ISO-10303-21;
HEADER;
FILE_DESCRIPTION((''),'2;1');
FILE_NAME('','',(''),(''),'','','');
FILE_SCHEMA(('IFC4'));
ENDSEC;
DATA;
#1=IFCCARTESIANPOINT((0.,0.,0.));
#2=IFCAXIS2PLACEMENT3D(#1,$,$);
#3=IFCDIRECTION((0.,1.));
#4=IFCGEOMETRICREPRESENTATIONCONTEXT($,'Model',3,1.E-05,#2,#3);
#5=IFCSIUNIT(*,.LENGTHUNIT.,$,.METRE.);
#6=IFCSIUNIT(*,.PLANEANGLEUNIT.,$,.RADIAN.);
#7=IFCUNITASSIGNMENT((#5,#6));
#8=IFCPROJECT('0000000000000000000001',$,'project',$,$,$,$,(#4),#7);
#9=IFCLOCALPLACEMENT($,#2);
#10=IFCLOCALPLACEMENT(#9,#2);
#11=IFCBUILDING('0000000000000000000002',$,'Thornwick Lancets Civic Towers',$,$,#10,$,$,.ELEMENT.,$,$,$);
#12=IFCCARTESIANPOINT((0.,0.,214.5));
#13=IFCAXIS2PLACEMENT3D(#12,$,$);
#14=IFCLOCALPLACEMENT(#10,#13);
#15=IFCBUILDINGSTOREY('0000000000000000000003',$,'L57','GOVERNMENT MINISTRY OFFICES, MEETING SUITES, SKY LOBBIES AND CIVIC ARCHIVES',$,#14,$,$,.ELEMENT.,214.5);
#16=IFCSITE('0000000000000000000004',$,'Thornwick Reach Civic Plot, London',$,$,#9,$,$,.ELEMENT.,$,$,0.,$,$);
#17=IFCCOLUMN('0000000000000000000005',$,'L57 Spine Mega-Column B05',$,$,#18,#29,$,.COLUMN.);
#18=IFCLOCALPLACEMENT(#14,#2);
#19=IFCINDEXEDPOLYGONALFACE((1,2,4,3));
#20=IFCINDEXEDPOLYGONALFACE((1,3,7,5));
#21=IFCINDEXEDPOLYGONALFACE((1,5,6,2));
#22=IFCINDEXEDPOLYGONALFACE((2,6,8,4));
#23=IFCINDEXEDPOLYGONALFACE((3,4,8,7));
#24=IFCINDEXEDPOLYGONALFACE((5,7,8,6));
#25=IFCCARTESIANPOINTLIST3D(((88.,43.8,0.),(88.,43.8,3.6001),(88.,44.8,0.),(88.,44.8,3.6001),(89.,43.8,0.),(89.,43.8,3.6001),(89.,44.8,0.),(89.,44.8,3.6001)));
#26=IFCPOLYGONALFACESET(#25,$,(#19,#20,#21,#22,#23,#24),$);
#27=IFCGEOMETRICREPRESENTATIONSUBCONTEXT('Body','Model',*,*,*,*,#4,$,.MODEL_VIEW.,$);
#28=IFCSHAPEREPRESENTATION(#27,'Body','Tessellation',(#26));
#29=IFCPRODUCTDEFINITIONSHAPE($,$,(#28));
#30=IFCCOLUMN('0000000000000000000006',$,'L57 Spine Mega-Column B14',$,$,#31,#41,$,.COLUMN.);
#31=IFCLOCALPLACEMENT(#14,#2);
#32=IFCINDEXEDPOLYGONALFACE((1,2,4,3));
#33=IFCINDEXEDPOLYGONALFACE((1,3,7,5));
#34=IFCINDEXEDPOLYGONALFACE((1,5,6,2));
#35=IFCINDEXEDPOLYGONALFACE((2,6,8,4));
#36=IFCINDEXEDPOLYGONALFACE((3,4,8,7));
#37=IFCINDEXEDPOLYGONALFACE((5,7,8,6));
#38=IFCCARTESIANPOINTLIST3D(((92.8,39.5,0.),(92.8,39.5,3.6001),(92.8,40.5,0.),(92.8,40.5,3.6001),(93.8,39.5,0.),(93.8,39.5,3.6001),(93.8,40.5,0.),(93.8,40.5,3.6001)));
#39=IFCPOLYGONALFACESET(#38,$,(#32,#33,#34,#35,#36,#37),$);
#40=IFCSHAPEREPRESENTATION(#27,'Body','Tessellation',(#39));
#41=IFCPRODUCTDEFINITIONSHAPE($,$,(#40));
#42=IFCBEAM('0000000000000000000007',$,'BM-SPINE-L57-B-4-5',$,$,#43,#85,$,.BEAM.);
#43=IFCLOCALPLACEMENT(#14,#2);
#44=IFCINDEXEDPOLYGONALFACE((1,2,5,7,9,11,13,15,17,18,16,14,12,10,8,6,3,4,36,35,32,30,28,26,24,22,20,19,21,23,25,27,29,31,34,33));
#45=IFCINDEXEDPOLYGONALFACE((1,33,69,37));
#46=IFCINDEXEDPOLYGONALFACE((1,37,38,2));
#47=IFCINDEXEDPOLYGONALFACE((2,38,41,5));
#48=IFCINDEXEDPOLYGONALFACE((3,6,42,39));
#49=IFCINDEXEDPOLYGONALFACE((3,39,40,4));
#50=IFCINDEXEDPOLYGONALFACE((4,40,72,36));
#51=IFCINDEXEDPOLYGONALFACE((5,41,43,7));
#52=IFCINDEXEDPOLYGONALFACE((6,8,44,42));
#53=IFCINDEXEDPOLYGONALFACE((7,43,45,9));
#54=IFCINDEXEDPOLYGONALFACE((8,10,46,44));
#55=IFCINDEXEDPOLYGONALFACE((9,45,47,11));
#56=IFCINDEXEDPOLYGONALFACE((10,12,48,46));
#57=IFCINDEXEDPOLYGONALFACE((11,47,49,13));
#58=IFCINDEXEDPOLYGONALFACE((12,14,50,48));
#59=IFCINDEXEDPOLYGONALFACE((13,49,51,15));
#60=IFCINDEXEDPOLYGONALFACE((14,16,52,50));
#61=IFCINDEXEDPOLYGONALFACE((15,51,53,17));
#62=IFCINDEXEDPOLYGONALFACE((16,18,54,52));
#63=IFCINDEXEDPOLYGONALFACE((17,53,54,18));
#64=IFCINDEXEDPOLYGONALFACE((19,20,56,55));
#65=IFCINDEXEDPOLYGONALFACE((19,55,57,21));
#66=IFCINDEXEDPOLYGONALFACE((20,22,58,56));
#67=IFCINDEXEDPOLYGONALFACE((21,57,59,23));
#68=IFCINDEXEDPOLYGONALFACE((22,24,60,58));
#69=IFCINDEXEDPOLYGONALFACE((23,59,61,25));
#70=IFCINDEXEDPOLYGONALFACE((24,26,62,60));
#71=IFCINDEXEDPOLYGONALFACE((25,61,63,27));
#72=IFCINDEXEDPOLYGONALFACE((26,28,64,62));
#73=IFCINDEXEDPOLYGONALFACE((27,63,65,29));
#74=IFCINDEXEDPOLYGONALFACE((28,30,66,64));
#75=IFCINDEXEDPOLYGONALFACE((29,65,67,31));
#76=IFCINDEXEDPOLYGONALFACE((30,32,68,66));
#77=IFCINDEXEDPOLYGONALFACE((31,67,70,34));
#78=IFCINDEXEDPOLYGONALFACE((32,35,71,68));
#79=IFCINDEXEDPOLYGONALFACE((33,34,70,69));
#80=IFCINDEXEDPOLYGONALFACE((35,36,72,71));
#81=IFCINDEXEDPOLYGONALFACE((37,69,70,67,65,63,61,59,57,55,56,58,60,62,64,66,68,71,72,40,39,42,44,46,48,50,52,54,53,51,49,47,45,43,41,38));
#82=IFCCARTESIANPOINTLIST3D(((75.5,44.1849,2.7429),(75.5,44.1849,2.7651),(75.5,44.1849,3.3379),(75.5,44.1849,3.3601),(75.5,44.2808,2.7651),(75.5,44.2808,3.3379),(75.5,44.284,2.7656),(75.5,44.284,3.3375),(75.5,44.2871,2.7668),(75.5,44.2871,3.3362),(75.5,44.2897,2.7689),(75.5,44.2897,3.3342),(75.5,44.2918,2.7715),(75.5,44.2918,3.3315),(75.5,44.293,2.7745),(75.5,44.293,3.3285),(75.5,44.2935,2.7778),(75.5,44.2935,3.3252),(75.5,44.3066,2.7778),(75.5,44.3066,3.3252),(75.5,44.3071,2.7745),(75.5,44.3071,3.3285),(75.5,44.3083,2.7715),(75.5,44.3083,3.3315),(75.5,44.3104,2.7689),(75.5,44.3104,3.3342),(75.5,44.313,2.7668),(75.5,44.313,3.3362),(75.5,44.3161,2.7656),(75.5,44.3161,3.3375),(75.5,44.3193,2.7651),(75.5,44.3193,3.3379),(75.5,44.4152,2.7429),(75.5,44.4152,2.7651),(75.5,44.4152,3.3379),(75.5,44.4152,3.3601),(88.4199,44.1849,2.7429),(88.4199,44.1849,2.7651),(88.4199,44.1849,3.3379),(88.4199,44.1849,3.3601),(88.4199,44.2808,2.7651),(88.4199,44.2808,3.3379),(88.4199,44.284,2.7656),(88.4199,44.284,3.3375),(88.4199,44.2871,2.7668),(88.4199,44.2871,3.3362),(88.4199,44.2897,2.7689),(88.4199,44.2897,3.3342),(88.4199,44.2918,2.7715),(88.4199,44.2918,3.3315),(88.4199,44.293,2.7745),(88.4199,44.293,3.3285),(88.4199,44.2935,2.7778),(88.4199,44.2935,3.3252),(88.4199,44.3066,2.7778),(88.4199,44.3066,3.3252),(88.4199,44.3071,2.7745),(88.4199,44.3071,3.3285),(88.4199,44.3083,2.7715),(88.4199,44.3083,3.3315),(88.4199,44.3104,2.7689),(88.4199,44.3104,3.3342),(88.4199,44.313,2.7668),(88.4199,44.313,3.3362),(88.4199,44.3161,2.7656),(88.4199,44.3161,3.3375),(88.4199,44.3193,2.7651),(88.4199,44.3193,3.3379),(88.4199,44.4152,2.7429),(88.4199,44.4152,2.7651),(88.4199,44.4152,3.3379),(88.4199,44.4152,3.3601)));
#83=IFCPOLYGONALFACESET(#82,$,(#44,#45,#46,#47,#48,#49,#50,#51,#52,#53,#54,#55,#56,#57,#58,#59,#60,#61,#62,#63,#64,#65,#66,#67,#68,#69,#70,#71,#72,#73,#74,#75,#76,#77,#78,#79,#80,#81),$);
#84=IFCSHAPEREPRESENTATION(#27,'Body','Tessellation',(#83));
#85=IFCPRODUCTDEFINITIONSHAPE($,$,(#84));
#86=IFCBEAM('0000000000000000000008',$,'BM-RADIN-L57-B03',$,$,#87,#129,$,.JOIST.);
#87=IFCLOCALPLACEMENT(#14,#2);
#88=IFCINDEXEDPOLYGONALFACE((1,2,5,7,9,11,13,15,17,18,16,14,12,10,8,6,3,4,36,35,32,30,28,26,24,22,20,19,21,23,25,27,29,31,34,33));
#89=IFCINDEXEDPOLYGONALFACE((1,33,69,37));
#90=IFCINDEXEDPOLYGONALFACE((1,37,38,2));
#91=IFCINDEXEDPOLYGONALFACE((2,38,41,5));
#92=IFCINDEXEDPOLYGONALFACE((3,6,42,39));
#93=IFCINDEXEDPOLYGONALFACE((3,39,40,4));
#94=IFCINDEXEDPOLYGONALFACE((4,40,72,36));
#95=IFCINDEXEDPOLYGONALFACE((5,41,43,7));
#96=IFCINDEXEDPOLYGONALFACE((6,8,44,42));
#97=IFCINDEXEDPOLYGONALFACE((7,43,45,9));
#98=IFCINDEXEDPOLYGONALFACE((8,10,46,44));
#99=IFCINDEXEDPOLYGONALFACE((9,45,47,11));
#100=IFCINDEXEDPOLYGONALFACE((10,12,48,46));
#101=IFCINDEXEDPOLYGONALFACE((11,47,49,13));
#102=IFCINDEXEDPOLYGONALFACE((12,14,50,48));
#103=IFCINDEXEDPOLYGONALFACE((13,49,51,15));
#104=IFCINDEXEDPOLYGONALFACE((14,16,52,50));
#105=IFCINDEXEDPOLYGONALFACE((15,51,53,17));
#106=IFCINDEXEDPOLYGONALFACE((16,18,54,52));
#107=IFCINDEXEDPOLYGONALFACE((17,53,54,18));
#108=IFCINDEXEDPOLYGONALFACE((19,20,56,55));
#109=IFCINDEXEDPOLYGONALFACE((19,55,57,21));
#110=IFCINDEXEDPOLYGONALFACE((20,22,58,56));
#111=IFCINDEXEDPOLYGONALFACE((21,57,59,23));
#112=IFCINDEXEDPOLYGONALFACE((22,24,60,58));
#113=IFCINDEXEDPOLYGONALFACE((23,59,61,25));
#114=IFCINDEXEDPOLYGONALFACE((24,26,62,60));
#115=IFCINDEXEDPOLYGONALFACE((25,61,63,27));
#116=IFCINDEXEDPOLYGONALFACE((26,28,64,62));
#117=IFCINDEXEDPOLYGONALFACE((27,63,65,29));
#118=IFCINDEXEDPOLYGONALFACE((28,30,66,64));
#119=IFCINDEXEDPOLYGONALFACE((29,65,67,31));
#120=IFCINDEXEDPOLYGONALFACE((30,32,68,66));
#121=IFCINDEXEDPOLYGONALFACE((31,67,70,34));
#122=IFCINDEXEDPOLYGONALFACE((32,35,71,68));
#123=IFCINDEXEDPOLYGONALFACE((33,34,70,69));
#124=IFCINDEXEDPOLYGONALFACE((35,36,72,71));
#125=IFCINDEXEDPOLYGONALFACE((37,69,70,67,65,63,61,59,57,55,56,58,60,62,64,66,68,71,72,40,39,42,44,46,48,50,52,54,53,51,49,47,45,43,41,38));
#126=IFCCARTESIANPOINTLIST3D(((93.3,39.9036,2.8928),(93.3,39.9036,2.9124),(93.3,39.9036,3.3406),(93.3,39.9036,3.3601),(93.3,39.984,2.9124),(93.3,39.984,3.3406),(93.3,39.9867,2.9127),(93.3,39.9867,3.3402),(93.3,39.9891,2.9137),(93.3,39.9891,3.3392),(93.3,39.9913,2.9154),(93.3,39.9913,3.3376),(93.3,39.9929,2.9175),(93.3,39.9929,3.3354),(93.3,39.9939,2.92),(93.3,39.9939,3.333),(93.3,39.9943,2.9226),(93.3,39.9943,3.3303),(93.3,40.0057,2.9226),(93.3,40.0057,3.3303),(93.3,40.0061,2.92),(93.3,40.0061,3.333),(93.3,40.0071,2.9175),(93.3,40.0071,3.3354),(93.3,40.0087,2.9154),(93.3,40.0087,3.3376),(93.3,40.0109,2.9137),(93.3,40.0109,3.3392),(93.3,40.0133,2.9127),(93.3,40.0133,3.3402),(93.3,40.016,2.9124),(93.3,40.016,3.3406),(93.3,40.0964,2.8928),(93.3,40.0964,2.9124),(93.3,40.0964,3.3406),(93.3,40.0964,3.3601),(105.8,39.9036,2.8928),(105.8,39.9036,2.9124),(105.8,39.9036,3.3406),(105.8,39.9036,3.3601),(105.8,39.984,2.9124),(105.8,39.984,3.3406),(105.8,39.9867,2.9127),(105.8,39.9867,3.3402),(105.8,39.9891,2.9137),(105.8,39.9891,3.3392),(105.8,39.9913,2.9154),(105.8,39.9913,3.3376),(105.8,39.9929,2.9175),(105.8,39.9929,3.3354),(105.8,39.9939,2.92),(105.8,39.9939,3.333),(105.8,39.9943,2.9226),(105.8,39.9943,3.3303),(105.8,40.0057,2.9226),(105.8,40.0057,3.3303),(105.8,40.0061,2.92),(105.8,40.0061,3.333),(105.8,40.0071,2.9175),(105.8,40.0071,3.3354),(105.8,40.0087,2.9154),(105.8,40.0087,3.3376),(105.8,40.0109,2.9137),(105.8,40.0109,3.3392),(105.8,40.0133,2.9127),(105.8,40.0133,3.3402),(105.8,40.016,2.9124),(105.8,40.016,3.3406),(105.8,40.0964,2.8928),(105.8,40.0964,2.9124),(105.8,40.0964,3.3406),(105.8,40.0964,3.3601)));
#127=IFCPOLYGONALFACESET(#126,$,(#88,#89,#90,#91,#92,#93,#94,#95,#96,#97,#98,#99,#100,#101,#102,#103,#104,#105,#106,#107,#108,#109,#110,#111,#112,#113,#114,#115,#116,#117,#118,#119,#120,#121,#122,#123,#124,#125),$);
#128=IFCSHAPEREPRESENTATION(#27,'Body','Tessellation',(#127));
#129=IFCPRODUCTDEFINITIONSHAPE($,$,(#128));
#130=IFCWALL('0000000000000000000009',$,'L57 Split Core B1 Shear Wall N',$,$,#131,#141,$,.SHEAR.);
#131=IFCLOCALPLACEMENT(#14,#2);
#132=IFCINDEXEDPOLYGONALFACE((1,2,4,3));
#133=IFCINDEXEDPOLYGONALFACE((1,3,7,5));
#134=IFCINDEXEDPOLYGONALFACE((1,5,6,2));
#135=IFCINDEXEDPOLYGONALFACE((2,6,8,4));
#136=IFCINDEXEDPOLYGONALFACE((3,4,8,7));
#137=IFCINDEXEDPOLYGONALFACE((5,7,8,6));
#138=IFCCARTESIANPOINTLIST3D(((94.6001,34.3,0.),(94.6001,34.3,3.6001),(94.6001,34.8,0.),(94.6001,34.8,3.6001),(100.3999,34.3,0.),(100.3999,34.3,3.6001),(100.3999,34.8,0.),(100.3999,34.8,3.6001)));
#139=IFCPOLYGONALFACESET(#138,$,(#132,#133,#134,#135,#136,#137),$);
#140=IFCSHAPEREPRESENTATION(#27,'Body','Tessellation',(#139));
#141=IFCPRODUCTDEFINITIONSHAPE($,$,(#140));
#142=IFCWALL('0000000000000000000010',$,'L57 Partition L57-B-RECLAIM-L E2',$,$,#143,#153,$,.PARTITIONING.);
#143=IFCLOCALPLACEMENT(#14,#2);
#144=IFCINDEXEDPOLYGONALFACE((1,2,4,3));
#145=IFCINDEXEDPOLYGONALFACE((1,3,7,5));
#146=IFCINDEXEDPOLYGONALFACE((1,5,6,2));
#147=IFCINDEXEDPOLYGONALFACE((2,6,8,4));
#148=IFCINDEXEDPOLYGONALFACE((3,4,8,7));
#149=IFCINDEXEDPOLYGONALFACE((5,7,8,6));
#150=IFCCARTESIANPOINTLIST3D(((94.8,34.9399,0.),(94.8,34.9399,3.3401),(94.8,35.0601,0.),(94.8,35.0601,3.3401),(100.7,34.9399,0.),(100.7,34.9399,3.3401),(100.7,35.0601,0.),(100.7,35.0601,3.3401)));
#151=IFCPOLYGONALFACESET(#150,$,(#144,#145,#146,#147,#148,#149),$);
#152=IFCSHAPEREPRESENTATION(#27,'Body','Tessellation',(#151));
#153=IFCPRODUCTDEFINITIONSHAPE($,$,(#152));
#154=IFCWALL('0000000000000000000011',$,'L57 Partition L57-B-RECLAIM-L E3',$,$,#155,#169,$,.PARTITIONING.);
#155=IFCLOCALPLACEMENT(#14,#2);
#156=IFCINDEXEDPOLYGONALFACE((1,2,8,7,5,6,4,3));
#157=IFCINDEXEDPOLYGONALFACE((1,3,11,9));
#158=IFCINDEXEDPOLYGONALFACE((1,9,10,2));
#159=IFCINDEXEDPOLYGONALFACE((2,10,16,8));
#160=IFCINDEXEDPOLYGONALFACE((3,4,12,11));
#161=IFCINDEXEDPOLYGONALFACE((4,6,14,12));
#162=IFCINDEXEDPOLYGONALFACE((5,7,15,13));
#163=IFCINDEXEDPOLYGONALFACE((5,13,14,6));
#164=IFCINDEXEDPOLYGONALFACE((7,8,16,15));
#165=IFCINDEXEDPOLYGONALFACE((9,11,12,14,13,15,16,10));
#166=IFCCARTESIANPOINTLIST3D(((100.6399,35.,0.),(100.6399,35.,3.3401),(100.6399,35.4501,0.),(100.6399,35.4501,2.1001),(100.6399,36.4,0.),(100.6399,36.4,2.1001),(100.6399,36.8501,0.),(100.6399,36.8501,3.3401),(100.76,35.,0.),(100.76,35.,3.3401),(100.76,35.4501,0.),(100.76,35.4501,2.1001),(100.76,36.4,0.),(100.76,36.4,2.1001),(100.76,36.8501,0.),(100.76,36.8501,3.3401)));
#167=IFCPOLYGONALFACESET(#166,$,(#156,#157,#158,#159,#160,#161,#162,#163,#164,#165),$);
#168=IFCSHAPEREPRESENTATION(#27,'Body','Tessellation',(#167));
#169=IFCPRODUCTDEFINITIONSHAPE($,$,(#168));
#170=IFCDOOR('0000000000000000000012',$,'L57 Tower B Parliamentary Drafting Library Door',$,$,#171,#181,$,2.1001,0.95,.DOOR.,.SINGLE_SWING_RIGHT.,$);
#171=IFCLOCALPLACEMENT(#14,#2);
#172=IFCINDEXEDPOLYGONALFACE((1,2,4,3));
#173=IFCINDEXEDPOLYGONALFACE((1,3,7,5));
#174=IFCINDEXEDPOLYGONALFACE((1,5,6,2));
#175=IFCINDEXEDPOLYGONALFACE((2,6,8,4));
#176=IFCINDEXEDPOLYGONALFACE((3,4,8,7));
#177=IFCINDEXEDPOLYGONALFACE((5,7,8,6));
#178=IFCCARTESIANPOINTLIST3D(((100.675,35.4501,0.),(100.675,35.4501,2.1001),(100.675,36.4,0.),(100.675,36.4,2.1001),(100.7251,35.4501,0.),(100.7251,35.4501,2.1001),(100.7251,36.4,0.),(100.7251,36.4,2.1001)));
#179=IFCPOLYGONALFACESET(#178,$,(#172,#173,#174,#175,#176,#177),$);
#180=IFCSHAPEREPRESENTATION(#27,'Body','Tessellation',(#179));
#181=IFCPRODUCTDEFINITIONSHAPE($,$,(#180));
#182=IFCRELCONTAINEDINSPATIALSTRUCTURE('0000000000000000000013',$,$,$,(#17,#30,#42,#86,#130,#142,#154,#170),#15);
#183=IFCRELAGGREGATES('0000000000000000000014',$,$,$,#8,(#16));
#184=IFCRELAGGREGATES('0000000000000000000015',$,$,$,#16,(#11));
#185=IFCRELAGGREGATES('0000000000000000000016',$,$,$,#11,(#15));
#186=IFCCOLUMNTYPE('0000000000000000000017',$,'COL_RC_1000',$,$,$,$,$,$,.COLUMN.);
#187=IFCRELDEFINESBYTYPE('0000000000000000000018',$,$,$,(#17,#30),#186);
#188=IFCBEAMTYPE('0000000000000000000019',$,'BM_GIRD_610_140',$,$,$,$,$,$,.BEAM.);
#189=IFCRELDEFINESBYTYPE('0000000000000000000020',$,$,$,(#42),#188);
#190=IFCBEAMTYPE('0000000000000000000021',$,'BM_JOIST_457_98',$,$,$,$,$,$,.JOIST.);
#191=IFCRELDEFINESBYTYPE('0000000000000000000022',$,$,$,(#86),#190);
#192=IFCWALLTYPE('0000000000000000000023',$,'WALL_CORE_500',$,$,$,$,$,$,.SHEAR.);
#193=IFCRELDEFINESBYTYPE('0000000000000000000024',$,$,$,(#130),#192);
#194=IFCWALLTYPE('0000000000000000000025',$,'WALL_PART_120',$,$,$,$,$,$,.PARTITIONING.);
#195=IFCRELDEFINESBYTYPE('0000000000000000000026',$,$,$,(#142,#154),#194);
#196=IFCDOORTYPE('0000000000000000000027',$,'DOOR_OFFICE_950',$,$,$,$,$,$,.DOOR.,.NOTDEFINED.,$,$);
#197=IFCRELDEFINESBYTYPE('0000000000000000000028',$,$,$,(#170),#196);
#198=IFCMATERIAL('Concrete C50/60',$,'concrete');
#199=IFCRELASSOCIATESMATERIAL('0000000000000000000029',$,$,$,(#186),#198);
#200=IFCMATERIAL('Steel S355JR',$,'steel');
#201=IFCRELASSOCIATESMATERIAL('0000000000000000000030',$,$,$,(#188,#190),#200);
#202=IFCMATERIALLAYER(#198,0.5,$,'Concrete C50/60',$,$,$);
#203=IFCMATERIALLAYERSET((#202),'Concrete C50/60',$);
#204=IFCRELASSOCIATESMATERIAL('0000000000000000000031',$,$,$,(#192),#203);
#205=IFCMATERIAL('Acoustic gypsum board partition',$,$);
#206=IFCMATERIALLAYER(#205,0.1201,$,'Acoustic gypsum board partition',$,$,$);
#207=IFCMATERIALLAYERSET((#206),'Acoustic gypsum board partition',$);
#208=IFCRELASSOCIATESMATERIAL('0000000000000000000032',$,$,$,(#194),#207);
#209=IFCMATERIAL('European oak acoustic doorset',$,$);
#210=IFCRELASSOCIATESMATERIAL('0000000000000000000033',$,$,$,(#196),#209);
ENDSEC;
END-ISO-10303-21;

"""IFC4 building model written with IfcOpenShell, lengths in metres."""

from ifc_helpers import new_model, si_unit, direction, frame, frame_2d, origin, origin_2d, place, context, subcontext, project, spatial, rectangle, i_section, extrude, material, layer, layer_set, material_profile, profile_set, type_object, element, fill, save


model = new_model("IFC4")

# Units and contexts
model_context = context("Model", 3, precision=1e-05, world=origin(), true_north=direction((0.0, 1.0)))
body_context = subcontext(model_context, "Body", "Model", "MODEL_VIEW")
ifc_project = project(units=[si_unit("LENGTHUNIT", "METRE"), si_unit("PLANEANGLEUNIT", "RADIAN")], contexts=[model_context])

# Site, building, storey
site_placement = place(None, origin())
site = spatial("IfcSite", under=ifc_project, at=site_placement, Name="Thornwick Reach Civic Plot, London", CompositionType="ELEMENT", RefElevation=0.0)
building_placement = place(site_placement, origin())
building = spatial("IfcBuilding", under=site, at=building_placement, Name="Thornwick Lancets Civic Towers", CompositionType="ELEMENT")
storey_placement = place(building_placement, frame((0.0, 0.0, 214.5)))
storey = spatial("IfcBuildingStorey", under=building, at=storey_placement, Name="L57", Description="GOVERNMENT MINISTRY OFFICES, MEETING SUITES, SKY LOBBIES AND CIVIC ARCHIVES", CompositionType="ELEMENT", Elevation=214.5)

# Columns
ifc_material_1 = material(Name="Concrete C50/60", Category="concrete")
ifc_material_profile_1 = material_profile(ifc_material_1, rectangle(XDim=1.0, YDim=1.0, at=origin_2d()), Name="RC 1000x1000")
ifc_profile_set_1 = profile_set([ifc_material_profile_1], Name="Concrete C50/60")
column_type = type_object("IfcColumnType", Name="COL_RC_1000", PredefinedType="COLUMN", material=ifc_profile_set_1)
for number, where, z_axis, x_axis, name in (
    (1, (88.5, 44.3, 0.0), (0.0, 0.0, 1.0), (1.0, 0.0, 0.0), "L57 Spine Mega-Column B05"),
    (2, (93.3, 40.0, 0.0), (0.0, 0.0, 1.0), (1.0, 0.0, 0.0), "L57 Spine Mega-Column B14"),
):
    element("IfcColumn", number, at=place(storey_placement, frame(where, z_axis=z_axis, x_axis=x_axis)), inside=storey, type_object=column_type, Name=name, PredefinedType="COLUMN", context=body_context, shape_type="SweptSolid", body=[
        extrude(rectangle(XDim=1.0, YDim=1.0, at=origin_2d()), origin(), (0.0, 0.0, 1.0), 3.6001),
    ])

# Beams
ifc_material_2 = material(Name="Steel S355JR", Category="steel")
ifc_material_profile_2 = material_profile(ifc_material_2, i_section(OverallWidth=0.2302, OverallDepth=0.6172, WebThickness=0.0132, FlangeThickness=0.0222, FilletRadius=0.0127, at=origin_2d()), Name="UKB 610x229x140")
ifc_profile_set_2 = profile_set([ifc_material_profile_2], Name="Steel S355JR")
beam_type_1 = type_object("IfcBeamType", Name="BM_GIRD_610_140", PredefinedType="BEAM", material=ifc_profile_set_2)
beam_1_placement = place(storey_placement, frame((88.4199, 44.3, 3.0515), z_axis=(-1.0, 0.0, 0.0), x_axis=(0.0, -1.0, 0.0)))
element("IfcBeam", 3, at=beam_1_placement, inside=storey, type_object=beam_type_1, Name="BM-SPINE-L57-B-4-5", PredefinedType="BEAM", context=body_context, shape_type="SweptSolid", body=[
    extrude(i_section(OverallWidth=0.2302, OverallDepth=0.6172, WebThickness=0.0132, FlangeThickness=0.0222, FilletRadius=0.0127, at=origin_2d()), origin(), (0.0, 0.0, 1.0), 12.9199),
])
ifc_material_profile_3 = material_profile(ifc_material_2, i_section(OverallWidth=0.1929, OverallDepth=0.4673, WebThickness=0.0115, FlangeThickness=0.0195, FilletRadius=0.0103, at=origin_2d()), Name="UKB 457x191x98")
ifc_profile_set_3 = profile_set([ifc_material_profile_3], Name="Steel S355JR")
beam_type_2 = type_object("IfcBeamType", Name="BM_JOIST_457_98", PredefinedType="JOIST", material=ifc_profile_set_3)
beam_2_placement = place(storey_placement, frame((93.3, 40.0, 3.1265), z_axis=(1.0, 0.0, 0.0), x_axis=(0.0, 1.0, 0.0)))
element("IfcBeam", 4, at=beam_2_placement, inside=storey, type_object=beam_type_2, Name="BM-RADIN-L57-B03", PredefinedType="JOIST", context=body_context, shape_type="SweptSolid", body=[
    extrude(i_section(OverallWidth=0.1929, OverallDepth=0.4673, WebThickness=0.0115, FlangeThickness=0.0195, FilletRadius=0.0103, at=origin_2d()), origin(), (0.0, 0.0, 1.0), 12.5),
])

# Walls
ifc_layer_1 = layer(ifc_material_1, 0.5, Name="Concrete C50/60")
ifc_layer_set_1 = layer_set([ifc_layer_1], Name="Concrete C50/60")
wall_type_1 = type_object("IfcWallType", Name="WALL_CORE_500", PredefinedType="SHEAR", material=ifc_layer_set_1)
wall_1_placement = place(storey_placement, frame((94.6001, 34.55, 0.0), z_axis=(0.0, 0.0, 1.0), x_axis=(1.0, 0.0, 0.0)))
element("IfcWall", 5, at=wall_1_placement, inside=storey, type_object=wall_type_1, Name="L57 Split Core B1 Shear Wall N", PredefinedType="SHEAR", context=body_context, shape_type="SweptSolid", body=[
    extrude(rectangle(XDim=5.7998, YDim=0.5, at=frame_2d((2.8999, 0.0))), origin(), (0.0, 0.0, 1.0), 3.6001),
])
ifc_material_3 = material(Name="Acoustic gypsum board partition")
ifc_layer_2 = layer(ifc_material_3, 0.1201, Name="Acoustic gypsum board partition")
ifc_layer_set_2 = layer_set([ifc_layer_2], Name="Acoustic gypsum board partition")
wall_type_2 = type_object("IfcWallType", Name="WALL_PART_120", PredefinedType="PARTITIONING", material=ifc_layer_set_2)
wall_2_placement = place(storey_placement, frame((94.8, 35.0, 0.0), z_axis=(0.0, 0.0, 1.0), x_axis=(1.0, 0.0, 0.0)))
element("IfcWall", 6, at=wall_2_placement, inside=storey, type_object=wall_type_2, Name="L57 Partition L57-B-RECLAIM-L E2", PredefinedType="PARTITIONING", context=body_context, shape_type="SweptSolid", body=[
    extrude(rectangle(XDim=5.8999, YDim=0.1201, at=frame_2d((2.95, 0.0))), origin(), (0.0, 0.0, 1.0), 3.3401),
])

# Wall, opening, door
wall_3_placement = place(storey_placement, frame((100.7, 35.0, 0.0), z_axis=(0.0, 0.0, 1.0), x_axis=(0.0, 1.0, 0.0)))
wall_3 = element("IfcWall", 7, at=wall_3_placement, inside=storey, type_object=wall_type_2, Name="L57 Partition L57-B-RECLAIM-L E3", PredefinedType="PARTITIONING", context=body_context, shape_type="SweptSolid", body=[
    extrude(rectangle(XDim=1.8501, YDim=0.1201, at=frame_2d((0.925, 0.0))), origin(), (0.0, 0.0, 1.0), 3.3401),
])
opening_1_placement = place(wall_3_placement, frame((0.45, 0.0, 0.0)))
opening_1 = element("IfcOpeningElement", 8, at=opening_1_placement, cuts=wall_3, PredefinedType="OPENING", context=body_context, shape_type="SweptSolid", body=[
    extrude(rectangle(XDim=0.95, YDim=2.1001, at=frame_2d((0.4751, 1.05))), frame((0.0, 0.0701, 0.0), z_axis=(0.0, -1.0, 0.0), x_axis=(1.0, 0.0, 0.0)), (0.0, 0.0, 1.0), 0.1401),
])
ifc_material_4 = material(Name="European oak acoustic doorset")
door_type_1 = type_object("IfcDoorType", Name="DOOR_OFFICE_950", OperationType="NOTDEFINED", PredefinedType="DOOR", material=ifc_material_4)
door_1_placement = place(opening_1_placement, origin())
door_1 = element("IfcDoor", 9, at=door_1_placement, inside=storey, type_object=door_type_1, Name="L57 Tower B Parliamentary Drafting Library Door", OperationType="SINGLE_SWING_RIGHT", OverallHeight=2.1001, OverallWidth=0.95, PredefinedType="DOOR", context=body_context, shape_type="SweptSolid", body=[
    extrude(rectangle(XDim=0.95, YDim=2.1001, at=frame_2d((0.4751, 1.05))), frame((0.0, 0.0249, 0.0), z_axis=(0.0, -1.0, 0.0), x_axis=(1.0, 0.0, 0.0)), (0.0, 0.0, 1.0), 0.05),
])
fill(opening_1, door_1)

save(model, "model.ifc")
